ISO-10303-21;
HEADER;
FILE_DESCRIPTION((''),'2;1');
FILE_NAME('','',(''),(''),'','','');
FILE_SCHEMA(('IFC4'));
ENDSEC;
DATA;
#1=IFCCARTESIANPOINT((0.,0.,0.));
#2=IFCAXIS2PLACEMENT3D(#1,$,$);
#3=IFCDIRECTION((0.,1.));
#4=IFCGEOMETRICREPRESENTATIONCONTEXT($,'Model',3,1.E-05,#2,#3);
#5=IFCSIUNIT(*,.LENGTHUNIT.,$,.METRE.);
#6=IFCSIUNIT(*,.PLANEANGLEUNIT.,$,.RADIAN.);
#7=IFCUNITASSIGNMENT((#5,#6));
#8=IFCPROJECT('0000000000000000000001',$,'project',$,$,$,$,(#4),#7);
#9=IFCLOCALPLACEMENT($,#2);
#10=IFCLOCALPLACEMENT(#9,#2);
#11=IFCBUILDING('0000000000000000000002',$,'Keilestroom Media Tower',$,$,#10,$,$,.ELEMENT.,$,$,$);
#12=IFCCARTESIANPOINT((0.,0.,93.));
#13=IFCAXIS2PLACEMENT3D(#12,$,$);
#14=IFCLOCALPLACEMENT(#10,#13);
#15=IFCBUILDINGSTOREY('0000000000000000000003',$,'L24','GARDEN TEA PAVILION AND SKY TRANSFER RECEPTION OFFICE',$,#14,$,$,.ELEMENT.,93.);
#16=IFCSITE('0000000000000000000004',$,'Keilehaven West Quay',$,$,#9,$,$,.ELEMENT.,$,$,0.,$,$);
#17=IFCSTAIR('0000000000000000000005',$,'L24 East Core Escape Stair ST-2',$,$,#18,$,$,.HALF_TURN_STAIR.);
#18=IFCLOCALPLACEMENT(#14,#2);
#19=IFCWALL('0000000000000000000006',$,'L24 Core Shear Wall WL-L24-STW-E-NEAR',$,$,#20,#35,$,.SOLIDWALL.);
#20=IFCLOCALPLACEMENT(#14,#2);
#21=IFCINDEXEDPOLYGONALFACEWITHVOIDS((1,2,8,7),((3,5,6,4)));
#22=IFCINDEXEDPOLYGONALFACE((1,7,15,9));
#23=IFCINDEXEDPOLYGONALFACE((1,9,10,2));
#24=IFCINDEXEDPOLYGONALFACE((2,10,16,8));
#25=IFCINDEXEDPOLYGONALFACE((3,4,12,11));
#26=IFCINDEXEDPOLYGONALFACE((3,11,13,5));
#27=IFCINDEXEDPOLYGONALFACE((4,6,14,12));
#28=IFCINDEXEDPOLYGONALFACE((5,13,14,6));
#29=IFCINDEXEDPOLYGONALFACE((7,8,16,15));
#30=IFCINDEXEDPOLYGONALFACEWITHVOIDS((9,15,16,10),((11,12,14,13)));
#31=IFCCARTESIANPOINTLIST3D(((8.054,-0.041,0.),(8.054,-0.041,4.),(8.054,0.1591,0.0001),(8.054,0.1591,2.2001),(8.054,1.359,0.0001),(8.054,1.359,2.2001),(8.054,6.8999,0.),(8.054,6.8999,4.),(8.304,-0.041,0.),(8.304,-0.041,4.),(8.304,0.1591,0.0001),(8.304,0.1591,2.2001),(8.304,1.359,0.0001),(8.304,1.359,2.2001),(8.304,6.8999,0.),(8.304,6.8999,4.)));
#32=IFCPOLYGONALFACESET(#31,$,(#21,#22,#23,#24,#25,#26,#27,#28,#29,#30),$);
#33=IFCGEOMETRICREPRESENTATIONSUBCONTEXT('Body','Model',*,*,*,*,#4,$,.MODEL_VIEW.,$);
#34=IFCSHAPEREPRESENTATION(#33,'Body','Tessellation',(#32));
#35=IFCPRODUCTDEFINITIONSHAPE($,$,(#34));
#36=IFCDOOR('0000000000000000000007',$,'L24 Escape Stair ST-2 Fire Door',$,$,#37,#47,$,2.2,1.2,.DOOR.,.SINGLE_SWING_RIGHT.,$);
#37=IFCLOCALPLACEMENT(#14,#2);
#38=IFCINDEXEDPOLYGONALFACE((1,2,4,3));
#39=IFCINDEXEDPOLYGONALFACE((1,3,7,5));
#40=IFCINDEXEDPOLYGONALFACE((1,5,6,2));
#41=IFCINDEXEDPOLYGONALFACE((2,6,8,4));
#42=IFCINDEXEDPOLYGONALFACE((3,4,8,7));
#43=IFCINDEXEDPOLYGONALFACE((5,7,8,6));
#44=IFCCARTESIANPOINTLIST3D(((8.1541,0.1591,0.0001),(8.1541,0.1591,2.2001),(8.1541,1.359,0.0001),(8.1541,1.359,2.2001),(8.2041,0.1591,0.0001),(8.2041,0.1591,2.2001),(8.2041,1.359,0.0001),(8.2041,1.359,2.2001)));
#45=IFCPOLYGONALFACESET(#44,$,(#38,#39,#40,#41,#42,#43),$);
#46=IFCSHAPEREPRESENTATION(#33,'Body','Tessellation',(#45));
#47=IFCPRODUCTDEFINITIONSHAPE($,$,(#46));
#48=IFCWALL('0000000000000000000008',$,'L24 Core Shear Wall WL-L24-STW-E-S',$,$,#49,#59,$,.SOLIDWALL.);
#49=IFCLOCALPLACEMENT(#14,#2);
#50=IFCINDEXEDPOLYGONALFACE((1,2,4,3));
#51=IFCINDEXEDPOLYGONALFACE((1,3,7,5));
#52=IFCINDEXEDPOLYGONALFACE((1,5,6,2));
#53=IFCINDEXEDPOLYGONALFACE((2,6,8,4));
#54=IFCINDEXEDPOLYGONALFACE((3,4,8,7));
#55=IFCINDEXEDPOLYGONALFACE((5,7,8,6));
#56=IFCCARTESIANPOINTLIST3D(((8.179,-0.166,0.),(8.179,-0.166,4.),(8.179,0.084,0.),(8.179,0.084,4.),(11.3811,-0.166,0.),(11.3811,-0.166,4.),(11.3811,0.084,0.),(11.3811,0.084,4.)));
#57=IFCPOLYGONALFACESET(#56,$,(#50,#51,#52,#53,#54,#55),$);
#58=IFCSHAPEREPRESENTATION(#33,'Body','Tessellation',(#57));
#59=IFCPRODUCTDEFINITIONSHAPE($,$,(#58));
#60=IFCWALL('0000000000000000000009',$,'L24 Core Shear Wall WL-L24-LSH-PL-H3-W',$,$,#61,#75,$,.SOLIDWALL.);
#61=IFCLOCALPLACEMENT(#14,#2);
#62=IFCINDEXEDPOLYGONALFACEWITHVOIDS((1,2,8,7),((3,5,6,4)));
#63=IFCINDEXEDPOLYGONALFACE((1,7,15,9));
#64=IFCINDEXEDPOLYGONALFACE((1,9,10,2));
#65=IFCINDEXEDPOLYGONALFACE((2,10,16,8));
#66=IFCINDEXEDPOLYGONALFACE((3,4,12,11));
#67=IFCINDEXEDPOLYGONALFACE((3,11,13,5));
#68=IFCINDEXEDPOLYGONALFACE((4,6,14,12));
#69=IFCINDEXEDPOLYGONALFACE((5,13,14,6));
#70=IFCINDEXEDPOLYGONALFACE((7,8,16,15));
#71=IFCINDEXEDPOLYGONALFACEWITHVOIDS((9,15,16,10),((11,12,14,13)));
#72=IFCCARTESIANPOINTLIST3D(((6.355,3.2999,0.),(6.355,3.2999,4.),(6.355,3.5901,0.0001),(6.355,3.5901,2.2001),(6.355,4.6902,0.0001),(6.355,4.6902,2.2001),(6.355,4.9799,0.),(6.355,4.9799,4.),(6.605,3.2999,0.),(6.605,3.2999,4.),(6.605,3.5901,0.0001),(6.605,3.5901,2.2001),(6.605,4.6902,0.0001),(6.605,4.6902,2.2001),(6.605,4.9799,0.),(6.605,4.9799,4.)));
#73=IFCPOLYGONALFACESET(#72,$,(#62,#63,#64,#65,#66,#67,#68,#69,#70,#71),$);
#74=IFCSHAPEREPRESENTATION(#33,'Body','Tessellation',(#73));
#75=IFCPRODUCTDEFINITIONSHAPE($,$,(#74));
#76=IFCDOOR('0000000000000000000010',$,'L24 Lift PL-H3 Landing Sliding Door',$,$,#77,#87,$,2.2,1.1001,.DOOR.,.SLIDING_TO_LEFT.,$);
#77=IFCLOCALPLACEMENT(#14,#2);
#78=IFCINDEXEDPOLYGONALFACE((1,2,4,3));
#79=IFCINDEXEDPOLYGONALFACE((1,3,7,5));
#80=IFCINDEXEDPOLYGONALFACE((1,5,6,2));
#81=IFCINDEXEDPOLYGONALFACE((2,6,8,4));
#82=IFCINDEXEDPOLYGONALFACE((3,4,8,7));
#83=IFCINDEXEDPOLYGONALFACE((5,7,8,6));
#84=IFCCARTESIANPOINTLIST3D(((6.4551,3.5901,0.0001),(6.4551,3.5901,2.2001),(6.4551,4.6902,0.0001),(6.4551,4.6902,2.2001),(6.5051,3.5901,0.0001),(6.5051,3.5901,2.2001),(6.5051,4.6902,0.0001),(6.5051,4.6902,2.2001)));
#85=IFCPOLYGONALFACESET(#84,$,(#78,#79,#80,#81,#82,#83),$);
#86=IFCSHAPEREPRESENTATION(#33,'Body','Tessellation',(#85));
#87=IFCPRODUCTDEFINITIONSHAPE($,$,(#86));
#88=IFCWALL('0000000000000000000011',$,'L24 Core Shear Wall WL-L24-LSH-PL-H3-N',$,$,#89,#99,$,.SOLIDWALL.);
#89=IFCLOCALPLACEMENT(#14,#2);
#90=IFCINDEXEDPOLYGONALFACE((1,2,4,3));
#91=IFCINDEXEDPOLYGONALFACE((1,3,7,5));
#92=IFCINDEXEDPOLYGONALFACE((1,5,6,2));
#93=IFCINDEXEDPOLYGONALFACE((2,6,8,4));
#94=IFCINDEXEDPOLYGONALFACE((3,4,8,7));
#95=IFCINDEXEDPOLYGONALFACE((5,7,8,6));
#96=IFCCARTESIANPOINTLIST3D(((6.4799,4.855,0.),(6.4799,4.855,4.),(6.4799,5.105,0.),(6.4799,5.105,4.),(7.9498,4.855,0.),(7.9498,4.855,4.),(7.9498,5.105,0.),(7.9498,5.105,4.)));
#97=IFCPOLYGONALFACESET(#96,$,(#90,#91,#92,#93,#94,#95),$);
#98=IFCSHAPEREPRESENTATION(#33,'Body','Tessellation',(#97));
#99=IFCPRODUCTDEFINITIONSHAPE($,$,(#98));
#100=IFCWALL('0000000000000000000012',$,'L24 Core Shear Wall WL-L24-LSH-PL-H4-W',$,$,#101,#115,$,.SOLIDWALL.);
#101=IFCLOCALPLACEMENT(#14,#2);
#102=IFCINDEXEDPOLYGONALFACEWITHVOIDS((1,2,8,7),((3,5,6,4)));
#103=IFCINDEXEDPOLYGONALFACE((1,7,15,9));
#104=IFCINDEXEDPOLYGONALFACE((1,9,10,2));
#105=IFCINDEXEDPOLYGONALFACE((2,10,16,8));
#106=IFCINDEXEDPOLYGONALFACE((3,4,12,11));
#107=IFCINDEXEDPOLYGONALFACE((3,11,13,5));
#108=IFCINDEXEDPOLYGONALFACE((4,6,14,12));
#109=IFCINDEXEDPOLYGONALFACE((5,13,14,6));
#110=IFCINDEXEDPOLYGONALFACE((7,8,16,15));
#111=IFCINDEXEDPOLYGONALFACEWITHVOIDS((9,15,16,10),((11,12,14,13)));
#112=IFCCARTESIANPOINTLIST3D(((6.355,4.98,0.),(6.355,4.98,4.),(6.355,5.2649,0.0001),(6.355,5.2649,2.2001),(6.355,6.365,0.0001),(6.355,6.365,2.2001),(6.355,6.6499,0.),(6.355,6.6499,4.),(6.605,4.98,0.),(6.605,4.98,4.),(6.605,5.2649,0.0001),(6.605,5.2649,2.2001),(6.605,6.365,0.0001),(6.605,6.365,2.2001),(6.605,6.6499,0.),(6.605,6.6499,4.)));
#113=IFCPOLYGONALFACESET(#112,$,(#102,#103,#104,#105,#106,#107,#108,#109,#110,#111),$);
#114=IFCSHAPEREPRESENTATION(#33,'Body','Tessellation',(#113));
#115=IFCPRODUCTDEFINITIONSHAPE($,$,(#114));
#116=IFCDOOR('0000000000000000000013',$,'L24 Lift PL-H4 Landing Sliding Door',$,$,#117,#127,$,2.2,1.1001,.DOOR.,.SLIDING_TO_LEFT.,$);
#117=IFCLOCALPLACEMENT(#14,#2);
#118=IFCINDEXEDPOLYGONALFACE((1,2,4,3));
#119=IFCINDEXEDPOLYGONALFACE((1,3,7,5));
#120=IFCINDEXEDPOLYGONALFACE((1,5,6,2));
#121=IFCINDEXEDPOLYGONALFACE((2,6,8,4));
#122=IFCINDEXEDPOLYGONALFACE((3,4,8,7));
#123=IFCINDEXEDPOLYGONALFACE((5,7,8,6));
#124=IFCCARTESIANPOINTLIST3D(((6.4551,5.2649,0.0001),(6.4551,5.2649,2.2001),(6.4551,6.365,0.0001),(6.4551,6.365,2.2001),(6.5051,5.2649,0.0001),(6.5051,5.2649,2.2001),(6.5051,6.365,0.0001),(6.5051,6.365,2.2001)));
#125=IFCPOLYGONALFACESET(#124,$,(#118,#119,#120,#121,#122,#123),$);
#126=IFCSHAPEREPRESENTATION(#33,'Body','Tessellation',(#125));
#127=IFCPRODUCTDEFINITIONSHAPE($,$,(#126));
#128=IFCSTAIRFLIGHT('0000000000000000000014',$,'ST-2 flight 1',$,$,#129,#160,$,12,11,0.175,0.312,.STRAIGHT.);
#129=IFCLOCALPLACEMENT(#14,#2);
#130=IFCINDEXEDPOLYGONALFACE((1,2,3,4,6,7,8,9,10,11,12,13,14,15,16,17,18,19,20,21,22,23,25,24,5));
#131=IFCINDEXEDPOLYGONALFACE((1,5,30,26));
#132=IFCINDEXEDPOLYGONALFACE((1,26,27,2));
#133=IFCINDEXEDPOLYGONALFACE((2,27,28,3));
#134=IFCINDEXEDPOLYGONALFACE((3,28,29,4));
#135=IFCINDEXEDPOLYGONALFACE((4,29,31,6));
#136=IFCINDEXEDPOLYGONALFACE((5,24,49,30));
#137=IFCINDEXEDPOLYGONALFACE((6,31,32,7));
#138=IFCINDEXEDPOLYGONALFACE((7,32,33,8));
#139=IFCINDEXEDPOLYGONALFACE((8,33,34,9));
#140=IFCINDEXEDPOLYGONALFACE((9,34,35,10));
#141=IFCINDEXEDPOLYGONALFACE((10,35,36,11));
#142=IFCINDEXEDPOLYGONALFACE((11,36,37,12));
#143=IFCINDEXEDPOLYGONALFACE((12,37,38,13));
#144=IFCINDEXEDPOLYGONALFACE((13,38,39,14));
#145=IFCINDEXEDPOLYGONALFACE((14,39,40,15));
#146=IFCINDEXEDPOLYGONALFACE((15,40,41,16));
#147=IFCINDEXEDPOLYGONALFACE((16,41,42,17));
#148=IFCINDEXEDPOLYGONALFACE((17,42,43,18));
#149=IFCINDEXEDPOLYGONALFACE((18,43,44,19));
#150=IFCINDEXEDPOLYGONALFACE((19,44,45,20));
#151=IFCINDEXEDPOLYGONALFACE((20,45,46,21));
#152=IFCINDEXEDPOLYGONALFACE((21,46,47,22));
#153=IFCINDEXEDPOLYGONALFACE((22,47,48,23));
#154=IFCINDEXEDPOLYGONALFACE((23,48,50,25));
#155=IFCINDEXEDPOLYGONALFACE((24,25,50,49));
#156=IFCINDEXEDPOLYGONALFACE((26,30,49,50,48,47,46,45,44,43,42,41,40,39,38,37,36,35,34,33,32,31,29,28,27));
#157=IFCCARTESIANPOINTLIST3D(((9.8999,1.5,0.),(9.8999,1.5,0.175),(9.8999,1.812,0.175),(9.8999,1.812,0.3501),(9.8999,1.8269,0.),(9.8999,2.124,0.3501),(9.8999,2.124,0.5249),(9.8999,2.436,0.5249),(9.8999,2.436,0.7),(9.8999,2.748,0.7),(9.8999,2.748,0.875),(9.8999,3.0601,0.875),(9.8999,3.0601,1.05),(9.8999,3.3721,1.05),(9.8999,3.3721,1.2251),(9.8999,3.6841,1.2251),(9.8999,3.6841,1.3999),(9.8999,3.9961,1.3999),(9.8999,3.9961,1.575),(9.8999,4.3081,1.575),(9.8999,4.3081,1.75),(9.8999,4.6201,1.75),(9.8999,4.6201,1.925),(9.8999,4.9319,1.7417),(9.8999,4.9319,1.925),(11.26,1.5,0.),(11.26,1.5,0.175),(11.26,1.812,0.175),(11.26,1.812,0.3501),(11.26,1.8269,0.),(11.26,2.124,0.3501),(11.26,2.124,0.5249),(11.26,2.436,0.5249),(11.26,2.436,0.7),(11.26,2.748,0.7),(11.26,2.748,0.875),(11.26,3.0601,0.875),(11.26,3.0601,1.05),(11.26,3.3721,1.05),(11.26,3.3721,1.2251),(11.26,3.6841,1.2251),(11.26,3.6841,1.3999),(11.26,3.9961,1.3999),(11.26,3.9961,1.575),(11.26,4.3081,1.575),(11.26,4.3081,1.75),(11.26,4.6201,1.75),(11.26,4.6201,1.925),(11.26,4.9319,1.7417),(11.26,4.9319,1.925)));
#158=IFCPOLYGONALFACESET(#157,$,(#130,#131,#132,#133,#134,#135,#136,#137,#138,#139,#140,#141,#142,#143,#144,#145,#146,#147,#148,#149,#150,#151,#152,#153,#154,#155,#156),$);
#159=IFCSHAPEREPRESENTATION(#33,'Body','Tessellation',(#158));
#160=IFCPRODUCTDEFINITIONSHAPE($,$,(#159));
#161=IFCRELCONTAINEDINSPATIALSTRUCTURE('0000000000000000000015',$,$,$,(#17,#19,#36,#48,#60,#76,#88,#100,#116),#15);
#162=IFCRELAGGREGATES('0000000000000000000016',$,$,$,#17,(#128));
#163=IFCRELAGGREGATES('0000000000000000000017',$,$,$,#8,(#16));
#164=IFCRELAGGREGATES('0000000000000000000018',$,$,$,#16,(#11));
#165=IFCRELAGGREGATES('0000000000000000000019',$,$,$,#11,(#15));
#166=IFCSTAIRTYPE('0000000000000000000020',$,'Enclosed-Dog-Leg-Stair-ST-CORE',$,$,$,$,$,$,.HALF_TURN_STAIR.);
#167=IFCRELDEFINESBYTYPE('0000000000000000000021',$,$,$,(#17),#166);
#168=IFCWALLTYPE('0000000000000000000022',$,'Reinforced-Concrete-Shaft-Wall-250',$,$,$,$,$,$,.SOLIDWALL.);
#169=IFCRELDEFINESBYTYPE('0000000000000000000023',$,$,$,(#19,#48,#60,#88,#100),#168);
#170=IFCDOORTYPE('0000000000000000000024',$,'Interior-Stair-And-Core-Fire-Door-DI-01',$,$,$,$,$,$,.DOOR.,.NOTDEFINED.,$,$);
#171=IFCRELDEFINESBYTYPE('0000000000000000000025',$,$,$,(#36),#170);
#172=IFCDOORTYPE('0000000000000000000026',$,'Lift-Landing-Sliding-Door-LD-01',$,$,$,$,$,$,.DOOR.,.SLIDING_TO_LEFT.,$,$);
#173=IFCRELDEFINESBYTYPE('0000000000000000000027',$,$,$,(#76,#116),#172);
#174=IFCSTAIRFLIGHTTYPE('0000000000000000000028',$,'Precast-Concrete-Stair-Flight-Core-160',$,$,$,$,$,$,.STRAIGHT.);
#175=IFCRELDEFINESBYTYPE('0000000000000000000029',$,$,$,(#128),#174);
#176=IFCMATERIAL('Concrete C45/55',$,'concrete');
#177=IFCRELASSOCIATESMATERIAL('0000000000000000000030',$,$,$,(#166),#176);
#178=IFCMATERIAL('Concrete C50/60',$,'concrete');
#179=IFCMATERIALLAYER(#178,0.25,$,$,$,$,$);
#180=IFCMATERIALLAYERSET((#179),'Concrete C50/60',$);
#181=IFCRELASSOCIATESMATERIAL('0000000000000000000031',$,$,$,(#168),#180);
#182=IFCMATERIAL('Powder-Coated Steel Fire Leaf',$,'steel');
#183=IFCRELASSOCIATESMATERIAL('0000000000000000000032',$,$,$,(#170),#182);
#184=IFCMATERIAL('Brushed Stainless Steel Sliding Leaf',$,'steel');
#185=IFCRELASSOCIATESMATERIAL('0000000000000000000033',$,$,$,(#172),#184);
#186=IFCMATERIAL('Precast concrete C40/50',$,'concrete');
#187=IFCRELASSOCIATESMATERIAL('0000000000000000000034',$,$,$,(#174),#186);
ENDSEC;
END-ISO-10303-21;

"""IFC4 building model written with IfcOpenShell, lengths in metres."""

from ifc_helpers import new_model, si_unit, direction, frame, frame_2d, origin, place, context, subcontext, project, spatial, polyline, rectangle, outline, extrude, source, transform, mapped, material, layer, layer_set, type_object, element, fill, aggregate, save


model = new_model("IFC4")

# Units and contexts
model_context = context("Model", 3, precision=1e-05, world=origin(), true_north=direction((0.0, 1.0)))
body_context = subcontext(model_context, "Body", "Model", "MODEL_VIEW")
ifc_project = project(units=[si_unit("LENGTHUNIT", "METRE"), si_unit("PLANEANGLEUNIT", "RADIAN")], contexts=[model_context])

# Site, building, storey
site_placement = place(None, origin())
site = spatial("IfcSite", under=ifc_project, at=site_placement, Name="Keilehaven West Quay", CompositionType="ELEMENT", RefElevation=0.0)
building_placement = place(site_placement, origin())
building = spatial("IfcBuilding", under=site, at=building_placement, Name="Keilestroom Media Tower", CompositionType="ELEMENT")
storey_placement = place(building_placement, frame((0.0, 0.0, 93.0)))
storey = spatial("IfcBuildingStorey", under=building, at=storey_placement, Name="L24", Description="GARDEN TEA PAVILION AND SKY TRANSFER RECEPTION OFFICE", CompositionType="ELEMENT", Elevation=93.0)

# Shared definitions
ifc_material_1 = material(Name="Concrete C45/55", Category="concrete")

# Stair
stair_type = type_object("IfcStairType", Name="Enclosed-Dog-Leg-Stair-ST-CORE", PredefinedType="HALF_TURN_STAIR", material=ifc_material_1)
stair_1_placement = place(storey_placement, origin())
stair_1 = element("IfcStair", 1, at=stair_1_placement, inside=storey, type_object=stair_type, Name="L24 East Core Escape Stair ST-2", PredefinedType="HALF_TURN_STAIR")

# Shared definitions
ifc_material_2 = material(Name="Concrete C50/60", Category="concrete")
ifc_layer_1 = layer(ifc_material_2, 0.25)
ifc_layer_set_1 = layer_set([ifc_layer_1], Name="Concrete C50/60")
wall_type_1 = type_object("IfcWallType", Name="Reinforced-Concrete-Shaft-Wall-250", PredefinedType="SOLIDWALL", material=ifc_layer_set_1)

# Wall, opening, door
wall_1_placement = place(storey_placement, frame((8.179, -0.041, 0.0), z_axis=(0.0, 0.0, 1.0), x_axis=(0.0, 1.0, 0.0)))
wall_1 = element("IfcWall", 2, at=wall_1_placement, inside=storey, type_object=wall_type_1, Name="L24 Core Shear Wall WL-L24-STW-E-NEAR", PredefinedType="SOLIDWALL", context=body_context, shape_type="SweptSolid", body=[
    extrude(rectangle(XDim=6.9409, YDim=0.25, at=frame_2d((3.4705, 0.0))), origin(), (0.0, 0.0, 1.0), 4.0),
])
opening_1_placement = place(wall_1_placement, frame((0.2, 0.0, 0.0)))
opening_1 = element("IfcOpeningElement", 3, at=opening_1_placement, cuts=wall_1, PredefinedType="OPENING", context=body_context, shape_type="SweptSolid", body=[
    extrude(rectangle(XDim=1.2, YDim=2.2, at=frame_2d((0.6001, 1.1001))), frame((0.0, 0.135, 0.0), z_axis=(0.0, -1.0, 0.0), x_axis=(1.0, 0.0, 0.0)), (0.0, 0.0, 1.0), 0.27),
])
ifc_material_3 = material(Name="Powder-Coated Steel Fire Leaf", Category="steel")
door_type_1 = type_object("IfcDoorType", Name="Interior-Stair-And-Core-Fire-Door-DI-01", OperationType="NOTDEFINED", PredefinedType="DOOR", material=ifc_material_3)
shared_shape_1 = source(origin(), body_context, "Body", "SweptSolid", [
    extrude(rectangle(XDim=1.2, YDim=2.2, at=frame_2d((0.6001, 1.1001))), frame((0.0, 0.0249, 0.0), z_axis=(0.0, -1.0, 0.0), x_axis=(1.0, 0.0, 0.0)), (0.0, 0.0, 1.0), 0.05),
])
door_1_placement = place(opening_1_placement, origin())
door_1 = element("IfcDoor", 4, at=door_1_placement, inside=storey, type_object=door_type_1, Name="L24 Escape Stair ST-2 Fire Door", OperationType="SINGLE_SWING_RIGHT", OverallHeight=2.2, OverallWidth=1.2, PredefinedType="DOOR", context=body_context, shape_type="MappedRepresentation", body=[
    mapped(shared_shape_1, transform((0.0, 0.0, 0.0), x_axis=(1.0, 0.0, 0.0), y_axis=(0.0, 1.0, 0.0), z_axis=(0.0, 0.0, 1.0), scale=1.0)),
])
fill(opening_1, door_1)

# Wall
wall_2_placement = place(storey_placement, frame((8.179, -0.041, 0.0), z_axis=(0.0, 0.0, 1.0), x_axis=(1.0, 0.0, 0.0)))
element("IfcWall", 5, at=wall_2_placement, inside=storey, type_object=wall_type_1, Name="L24 Core Shear Wall WL-L24-STW-E-S", PredefinedType="SOLIDWALL", context=body_context, shape_type="SweptSolid", body=[
    extrude(rectangle(XDim=3.2021, YDim=0.25, at=frame_2d((1.6011, 0.0))), origin(), (0.0, 0.0, 1.0), 4.0),
])

# Wall, opening, door
wall_3_placement = place(storey_placement, frame((6.48, 3.3, 0.0), z_axis=(0.0, 0.0, 1.0), x_axis=(0.0, 1.0, 0.0)))
wall_3 = element("IfcWall", 6, at=wall_3_placement, inside=storey, type_object=wall_type_1, Name="L24 Core Shear Wall WL-L24-LSH-PL-H3-W", PredefinedType="SOLIDWALL", context=body_context, shape_type="SweptSolid", body=[
    extrude(rectangle(XDim=1.6799, YDim=0.25, at=frame_2d((0.8398, 0.0))), origin(), (0.0, 0.0, 1.0), 4.0),
])
opening_2_placement = place(wall_3_placement, frame((0.29, 0.0, 0.0)))
opening_2 = element("IfcOpeningElement", 7, at=opening_2_placement, cuts=wall_3, PredefinedType="OPENING", context=body_context, shape_type="SweptSolid", body=[
    extrude(rectangle(XDim=1.1001, YDim=2.2, at=frame_2d((0.55, 1.1001))), frame((0.0, 0.135, 0.0), z_axis=(0.0, -1.0, 0.0), x_axis=(1.0, 0.0, 0.0)), (0.0, 0.0, 1.0), 0.27),
])
ifc_material_4 = material(Name="Brushed Stainless Steel Sliding Leaf", Category="steel")
door_type_2 = type_object("IfcDoorType", Name="Lift-Landing-Sliding-Door-LD-01", OperationType="SLIDING_TO_LEFT", PredefinedType="DOOR", material=ifc_material_4)
shared_shape_2 = source(origin(), body_context, "Body", "SweptSolid", [
    extrude(rectangle(XDim=1.1001, YDim=2.2, at=frame_2d((0.55, 1.1001))), frame((0.0, 0.0249, 0.0), z_axis=(0.0, -1.0, 0.0), x_axis=(1.0, 0.0, 0.0)), (0.0, 0.0, 1.0), 0.05),
])
door_2_placement = place(opening_2_placement, origin())
door_2 = element("IfcDoor", 8, at=door_2_placement, inside=storey, type_object=door_type_2, Name="L24 Lift PL-H3 Landing Sliding Door", OperationType="SLIDING_TO_LEFT", OverallHeight=2.2, OverallWidth=1.1001, PredefinedType="DOOR", context=body_context, shape_type="MappedRepresentation", body=[
    mapped(shared_shape_2, transform((0.0, 0.0, 0.0), x_axis=(1.0, 0.0, 0.0), y_axis=(0.0, 1.0, 0.0), z_axis=(0.0, 0.0, 1.0), scale=1.0)),
])
fill(opening_2, door_2)

# Wall
wall_4_placement = place(storey_placement, frame((6.48, 4.98, 0.0), z_axis=(0.0, 0.0, 1.0), x_axis=(1.0, 0.0, 0.0)))
element("IfcWall", 9, at=wall_4_placement, inside=storey, type_object=wall_type_1, Name="L24 Core Shear Wall WL-L24-LSH-PL-H3-N", PredefinedType="SOLIDWALL", context=body_context, shape_type="SweptSolid", body=[
    extrude(rectangle(XDim=1.47, YDim=0.25, at=frame_2d((0.7349, 0.0))), origin(), (0.0, 0.0, 1.0), 4.0),
])

# Wall, opening, door
wall_5_placement = place(storey_placement, frame((6.48, 4.98, 0.0), z_axis=(0.0, 0.0, 1.0), x_axis=(0.0, 1.0, 0.0)))
wall_5 = element("IfcWall", 10, at=wall_5_placement, inside=storey, type_object=wall_type_1, Name="L24 Core Shear Wall WL-L24-LSH-PL-H4-W", PredefinedType="SOLIDWALL", context=body_context, shape_type="SweptSolid", body=[
    extrude(rectangle(XDim=1.6699, YDim=0.25, at=frame_2d((0.835, 0.0))), origin(), (0.0, 0.0, 1.0), 4.0),
])
opening_3_placement = place(wall_5_placement, frame((0.2849, 0.0, 0.0)))
opening_3 = element("IfcOpeningElement", 11, at=opening_3_placement, cuts=wall_5, PredefinedType="OPENING", context=body_context, shape_type="SweptSolid", body=[
    extrude(rectangle(XDim=1.1001, YDim=2.2, at=frame_2d((0.55, 1.1001))), frame((0.0, 0.135, 0.0), z_axis=(0.0, -1.0, 0.0), x_axis=(1.0, 0.0, 0.0)), (0.0, 0.0, 1.0), 0.27),
])
door_3_placement = place(opening_3_placement, origin())
door_3 = element("IfcDoor", 12, at=door_3_placement, inside=storey, type_object=door_type_2, Name="L24 Lift PL-H4 Landing Sliding Door", OperationType="SLIDING_TO_LEFT", OverallHeight=2.2, OverallWidth=1.1001, PredefinedType="DOOR", context=body_context, shape_type="MappedRepresentation", body=[
    mapped(shared_shape_2, transform((0.0, 0.0, 0.0), x_axis=(1.0, 0.0, 0.0), y_axis=(0.0, 1.0, 0.0), z_axis=(0.0, 0.0, 1.0), scale=1.0)),
])
fill(opening_3, door_3)

# Stair flight
ifc_material_5 = material(Name="Precast concrete C40/50", Category="concrete")
stair_flight_type = type_object("IfcStairFlightType", Name="Precast-Concrete-Stair-Flight-Core-160", PredefinedType="STRAIGHT", material=ifc_material_5)
stair_flight_1_placement = place(storey_placement, frame((10.5801, 1.5, 0.0), z_axis=(0.0, 0.0, 1.0), x_axis=(0.0, 1.0, 0.0)))
stair_flight_1 = element("IfcStairFlight", 13, at=stair_flight_1_placement, type_object=stair_flight_type, Name="ST-2 flight 1", NumberOfRisers=12, NumberOfTreads=11, PredefinedType="STRAIGHT", RiserHeight=0.175, TreadLength=0.312, context=body_context, shape_type="SweptSolid", body=[
    extrude(outline(polyline([(0.0, 0.0), (0.0, 0.175), (0.312, 0.175), (0.312, 0.3501), (0.624, 0.3501), (0.624, 0.5249), (0.936, 0.5249), (0.936, 0.7), (1.248, 0.7), (1.248, 0.875), (1.5601, 0.875), (1.5601, 1.05), (1.8721, 1.05), (1.8721, 1.2251), (2.1841, 1.2251), (2.1841, 1.3999), (2.4961, 1.3999), (2.4961, 1.575), (2.8081, 1.575), (2.8081, 1.75), (3.1201, 1.75), (3.1201, 1.925), (3.4319, 1.925), (3.4319, 2.1001), (3.4319, 1.7417), (0.3269, 0.0), (0.0, 0.0)])), frame((0.0, 0.6802, 0.0), z_axis=(0.0, -1.0, 0.0), x_axis=(1.0, 0.0, 0.0)), (0.0, 0.0, 1.0), 1.3601),
])
aggregate(stair_1, [stair_flight_1])

save(model, "model.ifc")
